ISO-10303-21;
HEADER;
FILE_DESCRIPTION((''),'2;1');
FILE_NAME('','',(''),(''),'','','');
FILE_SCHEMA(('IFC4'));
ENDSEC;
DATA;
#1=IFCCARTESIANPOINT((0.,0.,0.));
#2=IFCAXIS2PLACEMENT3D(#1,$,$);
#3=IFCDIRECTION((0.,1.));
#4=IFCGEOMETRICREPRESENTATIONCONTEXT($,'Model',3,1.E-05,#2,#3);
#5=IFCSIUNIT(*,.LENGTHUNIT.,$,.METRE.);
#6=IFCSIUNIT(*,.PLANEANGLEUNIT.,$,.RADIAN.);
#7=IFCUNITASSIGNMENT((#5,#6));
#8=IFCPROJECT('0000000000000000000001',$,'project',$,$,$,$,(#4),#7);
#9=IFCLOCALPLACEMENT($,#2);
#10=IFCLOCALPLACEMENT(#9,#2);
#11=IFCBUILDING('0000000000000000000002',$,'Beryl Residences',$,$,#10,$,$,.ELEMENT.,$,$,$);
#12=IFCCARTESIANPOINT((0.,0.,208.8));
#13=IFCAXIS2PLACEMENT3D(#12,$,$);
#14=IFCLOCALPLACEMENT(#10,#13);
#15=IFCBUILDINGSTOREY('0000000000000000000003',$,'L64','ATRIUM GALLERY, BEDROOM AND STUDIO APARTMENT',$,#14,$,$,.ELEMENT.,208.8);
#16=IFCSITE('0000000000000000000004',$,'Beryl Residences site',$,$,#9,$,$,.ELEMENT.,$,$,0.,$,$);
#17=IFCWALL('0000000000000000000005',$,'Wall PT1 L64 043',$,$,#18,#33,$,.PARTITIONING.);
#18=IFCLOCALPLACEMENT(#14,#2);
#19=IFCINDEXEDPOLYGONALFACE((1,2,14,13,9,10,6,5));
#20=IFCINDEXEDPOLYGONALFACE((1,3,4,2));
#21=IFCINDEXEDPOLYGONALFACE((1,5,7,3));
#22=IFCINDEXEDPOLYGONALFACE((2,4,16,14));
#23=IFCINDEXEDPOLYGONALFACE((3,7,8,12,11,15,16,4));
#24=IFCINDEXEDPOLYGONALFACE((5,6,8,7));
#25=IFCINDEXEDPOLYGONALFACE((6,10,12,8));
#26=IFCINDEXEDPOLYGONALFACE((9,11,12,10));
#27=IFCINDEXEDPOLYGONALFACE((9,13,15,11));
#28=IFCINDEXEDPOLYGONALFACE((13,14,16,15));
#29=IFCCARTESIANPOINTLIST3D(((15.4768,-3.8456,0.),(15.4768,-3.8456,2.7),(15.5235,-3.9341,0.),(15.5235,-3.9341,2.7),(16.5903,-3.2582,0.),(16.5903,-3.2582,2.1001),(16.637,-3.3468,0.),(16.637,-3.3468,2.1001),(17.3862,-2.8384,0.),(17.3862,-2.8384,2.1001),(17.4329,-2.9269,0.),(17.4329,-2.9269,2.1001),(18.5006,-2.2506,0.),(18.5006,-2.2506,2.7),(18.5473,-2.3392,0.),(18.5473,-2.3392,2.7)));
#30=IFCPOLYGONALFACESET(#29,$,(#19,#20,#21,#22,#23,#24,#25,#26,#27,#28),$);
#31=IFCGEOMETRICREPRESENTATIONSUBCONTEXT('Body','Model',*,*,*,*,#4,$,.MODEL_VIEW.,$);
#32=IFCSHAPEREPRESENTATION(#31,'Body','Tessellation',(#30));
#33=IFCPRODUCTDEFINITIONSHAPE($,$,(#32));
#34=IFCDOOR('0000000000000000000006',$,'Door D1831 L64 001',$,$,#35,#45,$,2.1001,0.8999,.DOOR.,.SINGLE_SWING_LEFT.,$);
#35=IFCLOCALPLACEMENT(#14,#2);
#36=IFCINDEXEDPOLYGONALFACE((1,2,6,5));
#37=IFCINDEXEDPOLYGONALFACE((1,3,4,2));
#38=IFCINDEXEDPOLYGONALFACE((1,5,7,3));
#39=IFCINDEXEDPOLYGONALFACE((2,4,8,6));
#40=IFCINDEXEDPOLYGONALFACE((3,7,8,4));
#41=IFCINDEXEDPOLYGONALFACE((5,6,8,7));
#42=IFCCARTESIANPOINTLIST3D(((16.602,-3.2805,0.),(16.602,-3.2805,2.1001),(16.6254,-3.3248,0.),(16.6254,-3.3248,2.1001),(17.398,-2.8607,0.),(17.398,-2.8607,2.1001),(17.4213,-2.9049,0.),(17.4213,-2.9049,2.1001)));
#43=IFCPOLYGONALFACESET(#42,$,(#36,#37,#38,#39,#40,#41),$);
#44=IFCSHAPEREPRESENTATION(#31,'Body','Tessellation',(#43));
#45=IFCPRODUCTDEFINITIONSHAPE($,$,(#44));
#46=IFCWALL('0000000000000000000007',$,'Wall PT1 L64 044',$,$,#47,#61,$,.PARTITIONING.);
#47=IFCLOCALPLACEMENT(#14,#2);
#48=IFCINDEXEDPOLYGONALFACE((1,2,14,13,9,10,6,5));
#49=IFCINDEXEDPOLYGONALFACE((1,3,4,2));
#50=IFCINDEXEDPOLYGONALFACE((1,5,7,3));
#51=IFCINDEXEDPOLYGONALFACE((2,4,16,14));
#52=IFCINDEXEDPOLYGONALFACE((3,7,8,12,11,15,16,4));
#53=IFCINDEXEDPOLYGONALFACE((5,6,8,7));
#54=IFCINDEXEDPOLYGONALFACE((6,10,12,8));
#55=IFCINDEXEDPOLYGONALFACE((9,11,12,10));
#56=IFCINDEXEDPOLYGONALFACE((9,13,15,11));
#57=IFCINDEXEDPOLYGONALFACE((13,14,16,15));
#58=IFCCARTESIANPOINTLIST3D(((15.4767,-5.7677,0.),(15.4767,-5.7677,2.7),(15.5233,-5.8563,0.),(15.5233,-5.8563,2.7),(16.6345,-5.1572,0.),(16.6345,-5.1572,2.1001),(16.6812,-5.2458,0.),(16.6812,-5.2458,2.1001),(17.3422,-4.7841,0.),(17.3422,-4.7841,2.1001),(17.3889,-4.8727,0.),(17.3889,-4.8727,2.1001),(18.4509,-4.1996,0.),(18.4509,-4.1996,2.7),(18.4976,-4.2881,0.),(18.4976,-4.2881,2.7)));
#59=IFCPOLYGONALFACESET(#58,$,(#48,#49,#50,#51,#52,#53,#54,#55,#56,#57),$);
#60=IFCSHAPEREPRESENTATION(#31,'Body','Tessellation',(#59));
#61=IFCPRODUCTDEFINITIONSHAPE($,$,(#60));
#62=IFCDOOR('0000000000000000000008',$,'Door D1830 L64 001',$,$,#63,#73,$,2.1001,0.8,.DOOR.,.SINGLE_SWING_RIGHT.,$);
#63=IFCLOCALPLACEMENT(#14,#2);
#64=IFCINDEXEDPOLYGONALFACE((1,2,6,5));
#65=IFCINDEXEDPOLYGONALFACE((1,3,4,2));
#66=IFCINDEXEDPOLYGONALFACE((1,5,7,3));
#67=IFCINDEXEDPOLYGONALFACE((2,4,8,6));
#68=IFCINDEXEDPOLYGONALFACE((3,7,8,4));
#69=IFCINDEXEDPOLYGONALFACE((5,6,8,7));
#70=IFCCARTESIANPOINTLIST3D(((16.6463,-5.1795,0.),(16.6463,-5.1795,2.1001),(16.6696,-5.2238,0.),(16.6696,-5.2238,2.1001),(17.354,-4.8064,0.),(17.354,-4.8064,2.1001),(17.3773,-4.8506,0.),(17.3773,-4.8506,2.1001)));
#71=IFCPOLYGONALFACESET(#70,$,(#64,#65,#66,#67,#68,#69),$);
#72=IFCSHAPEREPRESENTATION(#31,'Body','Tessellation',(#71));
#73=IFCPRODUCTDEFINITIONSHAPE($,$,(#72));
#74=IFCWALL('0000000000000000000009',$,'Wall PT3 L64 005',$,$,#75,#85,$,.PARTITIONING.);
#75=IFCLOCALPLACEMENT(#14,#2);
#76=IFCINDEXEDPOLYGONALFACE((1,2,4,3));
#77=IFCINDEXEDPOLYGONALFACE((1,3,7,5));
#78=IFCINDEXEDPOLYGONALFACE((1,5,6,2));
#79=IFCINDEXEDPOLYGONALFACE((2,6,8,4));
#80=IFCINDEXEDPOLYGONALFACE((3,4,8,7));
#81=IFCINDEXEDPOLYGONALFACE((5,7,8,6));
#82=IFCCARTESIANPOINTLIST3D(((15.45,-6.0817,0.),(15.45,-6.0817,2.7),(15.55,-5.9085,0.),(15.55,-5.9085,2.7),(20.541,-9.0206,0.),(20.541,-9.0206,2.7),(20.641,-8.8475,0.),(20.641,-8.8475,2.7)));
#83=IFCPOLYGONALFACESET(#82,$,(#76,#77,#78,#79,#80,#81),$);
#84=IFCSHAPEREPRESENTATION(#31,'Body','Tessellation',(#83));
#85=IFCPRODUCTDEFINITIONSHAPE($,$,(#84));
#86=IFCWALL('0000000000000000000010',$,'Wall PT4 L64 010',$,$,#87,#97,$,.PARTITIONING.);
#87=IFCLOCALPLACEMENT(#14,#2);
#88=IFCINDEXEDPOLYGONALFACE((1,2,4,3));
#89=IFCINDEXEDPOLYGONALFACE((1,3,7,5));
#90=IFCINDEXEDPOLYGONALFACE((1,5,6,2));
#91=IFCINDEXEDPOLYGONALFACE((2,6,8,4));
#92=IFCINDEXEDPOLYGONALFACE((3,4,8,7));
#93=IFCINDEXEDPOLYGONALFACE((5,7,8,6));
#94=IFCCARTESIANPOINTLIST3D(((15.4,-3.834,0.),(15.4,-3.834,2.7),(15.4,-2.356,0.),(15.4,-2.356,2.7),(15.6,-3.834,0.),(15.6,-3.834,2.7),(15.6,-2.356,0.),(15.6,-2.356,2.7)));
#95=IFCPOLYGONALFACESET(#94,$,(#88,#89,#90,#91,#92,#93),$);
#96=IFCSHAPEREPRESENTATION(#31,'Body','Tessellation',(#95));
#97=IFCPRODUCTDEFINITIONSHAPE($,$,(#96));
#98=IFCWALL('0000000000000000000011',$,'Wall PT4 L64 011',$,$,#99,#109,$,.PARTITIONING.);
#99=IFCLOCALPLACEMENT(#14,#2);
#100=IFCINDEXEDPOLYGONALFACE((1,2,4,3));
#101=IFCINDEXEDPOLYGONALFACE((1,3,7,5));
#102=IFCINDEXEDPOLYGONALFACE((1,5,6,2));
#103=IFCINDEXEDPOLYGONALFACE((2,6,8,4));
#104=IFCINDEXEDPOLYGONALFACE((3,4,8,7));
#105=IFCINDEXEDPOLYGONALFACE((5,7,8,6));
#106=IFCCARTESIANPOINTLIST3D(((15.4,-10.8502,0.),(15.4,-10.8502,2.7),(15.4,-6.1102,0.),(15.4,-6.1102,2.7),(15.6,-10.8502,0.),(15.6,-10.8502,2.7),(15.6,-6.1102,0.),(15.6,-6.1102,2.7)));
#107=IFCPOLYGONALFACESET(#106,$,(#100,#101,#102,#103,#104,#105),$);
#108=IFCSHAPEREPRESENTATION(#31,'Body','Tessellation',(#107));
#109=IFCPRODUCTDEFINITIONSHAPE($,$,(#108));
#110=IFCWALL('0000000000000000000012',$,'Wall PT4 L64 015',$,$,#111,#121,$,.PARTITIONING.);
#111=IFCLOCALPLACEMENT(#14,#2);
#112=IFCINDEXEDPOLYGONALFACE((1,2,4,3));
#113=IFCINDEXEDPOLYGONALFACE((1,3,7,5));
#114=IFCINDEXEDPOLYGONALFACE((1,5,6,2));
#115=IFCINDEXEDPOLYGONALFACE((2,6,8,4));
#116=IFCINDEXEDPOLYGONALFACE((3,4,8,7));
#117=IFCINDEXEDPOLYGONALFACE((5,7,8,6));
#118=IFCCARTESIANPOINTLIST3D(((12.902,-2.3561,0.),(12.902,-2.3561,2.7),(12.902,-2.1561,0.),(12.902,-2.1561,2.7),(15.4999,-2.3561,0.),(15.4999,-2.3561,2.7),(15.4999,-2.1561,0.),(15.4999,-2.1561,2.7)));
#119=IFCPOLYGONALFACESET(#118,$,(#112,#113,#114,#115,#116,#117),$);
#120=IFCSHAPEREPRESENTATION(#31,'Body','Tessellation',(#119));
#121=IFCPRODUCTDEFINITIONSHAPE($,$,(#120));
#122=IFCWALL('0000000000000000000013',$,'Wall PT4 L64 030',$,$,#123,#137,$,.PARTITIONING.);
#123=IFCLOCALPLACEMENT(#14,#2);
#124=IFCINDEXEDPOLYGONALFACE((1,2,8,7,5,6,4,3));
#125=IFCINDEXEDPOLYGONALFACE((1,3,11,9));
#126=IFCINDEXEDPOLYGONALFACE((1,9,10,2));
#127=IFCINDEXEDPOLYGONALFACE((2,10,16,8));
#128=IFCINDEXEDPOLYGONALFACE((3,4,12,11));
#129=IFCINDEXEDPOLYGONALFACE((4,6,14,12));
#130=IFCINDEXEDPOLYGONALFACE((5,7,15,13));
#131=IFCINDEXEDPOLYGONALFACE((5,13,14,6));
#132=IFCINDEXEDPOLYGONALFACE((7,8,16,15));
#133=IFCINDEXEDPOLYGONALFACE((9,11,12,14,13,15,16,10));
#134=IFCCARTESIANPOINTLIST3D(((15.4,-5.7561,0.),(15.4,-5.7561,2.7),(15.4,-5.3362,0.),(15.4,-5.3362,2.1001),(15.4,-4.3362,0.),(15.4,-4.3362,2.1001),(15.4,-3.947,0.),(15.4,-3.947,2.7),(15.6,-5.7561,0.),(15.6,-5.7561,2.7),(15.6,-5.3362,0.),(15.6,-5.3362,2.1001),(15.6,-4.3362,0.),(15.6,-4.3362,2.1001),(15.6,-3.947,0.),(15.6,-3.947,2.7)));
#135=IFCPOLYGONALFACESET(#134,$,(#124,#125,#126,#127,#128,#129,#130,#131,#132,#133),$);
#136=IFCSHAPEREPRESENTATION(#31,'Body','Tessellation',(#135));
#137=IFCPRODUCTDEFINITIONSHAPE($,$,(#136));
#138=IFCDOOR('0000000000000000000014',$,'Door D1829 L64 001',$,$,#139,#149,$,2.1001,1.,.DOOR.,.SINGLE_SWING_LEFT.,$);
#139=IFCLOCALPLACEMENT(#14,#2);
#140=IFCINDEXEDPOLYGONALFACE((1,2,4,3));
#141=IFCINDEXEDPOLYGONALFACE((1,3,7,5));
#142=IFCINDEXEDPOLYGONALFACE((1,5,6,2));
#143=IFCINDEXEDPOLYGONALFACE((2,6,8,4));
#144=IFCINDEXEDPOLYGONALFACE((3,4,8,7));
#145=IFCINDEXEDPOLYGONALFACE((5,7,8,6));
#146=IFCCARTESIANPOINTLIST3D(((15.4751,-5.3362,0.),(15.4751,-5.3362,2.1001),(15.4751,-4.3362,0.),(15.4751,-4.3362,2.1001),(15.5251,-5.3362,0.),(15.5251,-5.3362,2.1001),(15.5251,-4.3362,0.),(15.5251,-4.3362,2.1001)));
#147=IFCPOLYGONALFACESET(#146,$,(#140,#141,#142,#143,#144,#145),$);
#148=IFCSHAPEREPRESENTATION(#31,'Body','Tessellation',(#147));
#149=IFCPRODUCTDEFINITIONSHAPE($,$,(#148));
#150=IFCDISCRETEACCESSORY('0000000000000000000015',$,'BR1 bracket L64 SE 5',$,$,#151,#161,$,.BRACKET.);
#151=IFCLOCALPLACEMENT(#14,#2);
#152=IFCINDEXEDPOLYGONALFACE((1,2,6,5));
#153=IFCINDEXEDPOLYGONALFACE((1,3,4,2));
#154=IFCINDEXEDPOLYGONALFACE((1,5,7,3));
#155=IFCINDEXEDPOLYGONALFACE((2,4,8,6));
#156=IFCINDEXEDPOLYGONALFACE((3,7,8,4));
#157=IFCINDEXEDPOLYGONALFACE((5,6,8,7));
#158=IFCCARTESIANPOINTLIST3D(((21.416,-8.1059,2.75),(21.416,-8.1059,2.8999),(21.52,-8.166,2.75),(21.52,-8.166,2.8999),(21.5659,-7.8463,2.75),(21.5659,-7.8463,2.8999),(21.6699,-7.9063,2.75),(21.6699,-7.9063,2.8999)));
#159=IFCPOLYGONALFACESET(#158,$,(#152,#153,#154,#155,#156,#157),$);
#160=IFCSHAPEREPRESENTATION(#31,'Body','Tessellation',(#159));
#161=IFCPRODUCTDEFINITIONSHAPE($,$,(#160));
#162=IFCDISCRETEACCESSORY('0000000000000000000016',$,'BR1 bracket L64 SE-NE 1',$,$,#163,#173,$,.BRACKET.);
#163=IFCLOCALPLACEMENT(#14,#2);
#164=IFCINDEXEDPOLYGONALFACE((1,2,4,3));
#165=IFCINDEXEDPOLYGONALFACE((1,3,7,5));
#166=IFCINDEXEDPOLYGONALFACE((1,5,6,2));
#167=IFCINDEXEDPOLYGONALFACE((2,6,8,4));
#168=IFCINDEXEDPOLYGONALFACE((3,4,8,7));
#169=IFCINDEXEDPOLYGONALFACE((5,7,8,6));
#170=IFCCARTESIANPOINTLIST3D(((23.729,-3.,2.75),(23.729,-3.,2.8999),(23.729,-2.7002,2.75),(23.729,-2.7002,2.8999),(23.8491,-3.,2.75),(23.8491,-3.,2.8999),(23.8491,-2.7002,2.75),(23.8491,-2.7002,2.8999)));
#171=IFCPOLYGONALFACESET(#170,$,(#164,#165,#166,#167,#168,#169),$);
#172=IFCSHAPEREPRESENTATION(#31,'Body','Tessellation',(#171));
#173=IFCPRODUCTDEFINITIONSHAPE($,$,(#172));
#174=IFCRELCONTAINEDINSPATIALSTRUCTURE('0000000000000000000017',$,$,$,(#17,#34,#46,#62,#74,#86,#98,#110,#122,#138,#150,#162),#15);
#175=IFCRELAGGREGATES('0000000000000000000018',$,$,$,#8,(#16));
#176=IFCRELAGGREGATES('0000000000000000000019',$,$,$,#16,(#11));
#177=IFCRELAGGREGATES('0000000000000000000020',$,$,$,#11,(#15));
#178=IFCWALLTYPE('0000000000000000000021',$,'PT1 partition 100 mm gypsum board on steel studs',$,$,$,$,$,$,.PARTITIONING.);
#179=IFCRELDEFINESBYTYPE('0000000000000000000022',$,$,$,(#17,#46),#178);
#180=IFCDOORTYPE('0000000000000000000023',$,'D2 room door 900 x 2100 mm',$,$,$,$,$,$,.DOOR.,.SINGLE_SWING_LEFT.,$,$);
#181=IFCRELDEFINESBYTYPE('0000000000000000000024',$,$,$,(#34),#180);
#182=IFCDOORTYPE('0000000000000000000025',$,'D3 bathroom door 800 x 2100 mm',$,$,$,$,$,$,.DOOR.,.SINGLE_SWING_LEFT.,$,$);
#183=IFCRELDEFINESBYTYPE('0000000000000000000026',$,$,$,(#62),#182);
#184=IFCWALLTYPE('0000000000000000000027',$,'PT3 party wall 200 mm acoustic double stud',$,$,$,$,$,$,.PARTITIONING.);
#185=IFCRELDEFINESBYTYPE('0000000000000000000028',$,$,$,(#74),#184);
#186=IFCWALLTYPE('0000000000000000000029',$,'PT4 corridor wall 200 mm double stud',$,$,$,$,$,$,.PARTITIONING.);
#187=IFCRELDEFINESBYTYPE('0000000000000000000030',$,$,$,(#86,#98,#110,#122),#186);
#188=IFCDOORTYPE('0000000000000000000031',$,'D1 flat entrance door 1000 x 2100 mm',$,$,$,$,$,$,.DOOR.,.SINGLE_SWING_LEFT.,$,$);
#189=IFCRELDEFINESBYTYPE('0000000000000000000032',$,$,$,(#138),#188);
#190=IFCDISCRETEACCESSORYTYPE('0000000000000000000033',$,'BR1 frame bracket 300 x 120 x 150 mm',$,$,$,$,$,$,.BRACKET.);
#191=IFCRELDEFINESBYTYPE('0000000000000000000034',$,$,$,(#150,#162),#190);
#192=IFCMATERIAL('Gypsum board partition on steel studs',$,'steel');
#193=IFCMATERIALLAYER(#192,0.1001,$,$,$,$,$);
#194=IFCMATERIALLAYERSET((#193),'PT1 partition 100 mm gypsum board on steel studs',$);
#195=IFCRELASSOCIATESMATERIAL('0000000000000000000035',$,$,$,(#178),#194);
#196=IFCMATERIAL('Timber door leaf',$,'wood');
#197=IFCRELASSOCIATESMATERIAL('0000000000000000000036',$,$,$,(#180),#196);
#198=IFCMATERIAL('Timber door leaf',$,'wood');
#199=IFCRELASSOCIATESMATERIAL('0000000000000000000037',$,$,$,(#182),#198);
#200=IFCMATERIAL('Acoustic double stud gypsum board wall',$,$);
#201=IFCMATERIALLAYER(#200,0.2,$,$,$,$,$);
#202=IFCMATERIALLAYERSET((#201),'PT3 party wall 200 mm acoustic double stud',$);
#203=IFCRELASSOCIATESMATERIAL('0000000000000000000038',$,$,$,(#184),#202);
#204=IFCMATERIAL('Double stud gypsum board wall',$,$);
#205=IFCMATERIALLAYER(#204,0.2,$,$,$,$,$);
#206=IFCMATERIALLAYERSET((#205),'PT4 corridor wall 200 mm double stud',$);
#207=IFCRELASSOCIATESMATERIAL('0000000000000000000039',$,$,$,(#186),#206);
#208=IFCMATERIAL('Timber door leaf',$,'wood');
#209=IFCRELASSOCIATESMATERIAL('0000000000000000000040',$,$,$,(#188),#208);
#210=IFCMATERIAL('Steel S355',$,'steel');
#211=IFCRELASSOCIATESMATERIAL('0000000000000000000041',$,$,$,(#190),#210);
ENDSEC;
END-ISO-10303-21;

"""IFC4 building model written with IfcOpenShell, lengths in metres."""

from ifc_helpers import new_model, si_unit, direction, frame, frame_2d, origin, place, context, subcontext, project, spatial, polyline, rectangle, outline, extrude, source, transform, mapped, material, layer, layer_set, type_object, type_shapes, element, fill, save


model = new_model("IFC4")

# Units and contexts
model_context = context("Model", 3, precision=1e-05, world=origin(), true_north=direction((0.0, 1.0)))
body_context = subcontext(model_context, "Body", "Model", "MODEL_VIEW")
ifc_project = project(units=[si_unit("LENGTHUNIT", "METRE"), si_unit("PLANEANGLEUNIT", "RADIAN")], contexts=[model_context])

# Site, building, storey
site_placement = place(None, origin())
site = spatial("IfcSite", under=ifc_project, at=site_placement, Name="Beryl Residences site", CompositionType="ELEMENT", RefElevation=0.0)
building_placement = place(site_placement, origin())
building = spatial("IfcBuilding", under=site, at=building_placement, Name="Beryl Residences", CompositionType="ELEMENT")
storey_placement = place(building_placement, frame((0.0, 0.0, 208.8)))
storey = spatial("IfcBuildingStorey", under=building, at=storey_placement, Name="L64", Description="ATRIUM GALLERY, BEDROOM AND STUDIO APARTMENT", CompositionType="ELEMENT", Elevation=208.8)

# Walls, openings, doors
ifc_material_1 = material(Name="Gypsum board partition on steel studs", Category="steel")
ifc_layer_1 = layer(ifc_material_1, 0.1001)
ifc_layer_set_1 = layer_set([ifc_layer_1], Name="PT1 partition 100 mm gypsum board on steel studs")
wall_type_1 = type_object("IfcWallType", Name="PT1 partition 100 mm gypsum board on steel studs", PredefinedType="PARTITIONING", material=ifc_layer_set_1)
ifc_material_2 = material(Name="Timber door leaf", Category="wood")
door_type_1 = type_object("IfcDoorType", Name="D2 room door 900 x 2100 mm", OperationType="SINGLE_SWING_LEFT", PredefinedType="DOOR", material=ifc_material_2)
wall_1_placement = place(storey_placement, frame((15.5, -3.8899, 0.0), z_axis=(0.0, 0.0, 1.0), x_axis=(0.884504, 0.466532, 0.0)))
wall_1 = element("IfcWall", 1, at=wall_1_placement, inside=storey, type_object=wall_type_1, Name="Wall PT1 L64 043", PredefinedType="PARTITIONING", context=body_context, shape_type="SweptSolid", body=[
    extrude(rectangle(XDim=3.4187, YDim=0.1001, at=frame_2d((1.7095, 0.0))), origin(), (0.0, 0.0, 1.0), 2.7),
])
opening_1_placement = place(wall_1_placement, frame((1.259, 0.0, 0.0)))
opening_1 = element("IfcOpeningElement", 2, at=opening_1_placement, cuts=wall_1, PredefinedType="OPENING", context=body_context, shape_type="SweptSolid", body=[
    extrude(rectangle(XDim=0.8999, YDim=2.1001, at=frame_2d((0.45, 1.05))), frame((0.0, 0.0601, 0.0), z_axis=(0.0, -1.0, 0.0), x_axis=(1.0, 0.0, 0.0)), (0.0, 0.0, 1.0), 0.1201),
])
door_1_placement = place(opening_1_placement, origin())
door_1 = element("IfcDoor", 3, at=door_1_placement, inside=storey, type_object=door_type_1, Name="Door D1831 L64 001", OperationType="SINGLE_SWING_LEFT", OverallHeight=2.1001, OverallWidth=0.8999, PredefinedType="DOOR", context=body_context, shape_type="SweptSolid", body=[
    extrude(rectangle(XDim=0.8999, YDim=2.1001, at=frame_2d((0.45, 1.05))), frame((0.0, 0.0249, 0.0), z_axis=(0.0, -1.0, 0.0), x_axis=(1.0, 0.0, 0.0)), (0.0, 0.0, 1.0), 0.05),
])
fill(opening_1, door_1)
wall_2_placement = place(storey_placement, frame((15.5, -5.812, 0.0), z_axis=(0.0, 0.0, 1.0), x_axis=(0.884576, 0.466396, 0.0)))
wall_2 = element("IfcWall", 4, at=wall_2_placement, inside=storey, type_object=wall_type_1, Name="Wall PT1 L64 044", PredefinedType="PARTITIONING", context=body_context, shape_type="SweptSolid", body=[
    extrude(rectangle(XDim=3.3623, YDim=0.1001, at=frame_2d((1.6812, 0.0))), origin(), (0.0, 0.0, 1.0), 2.7),
])
opening_2_placement = place(wall_2_placement, frame((1.3091, 0.0, 0.0)))
opening_2 = element("IfcOpeningElement", 5, at=opening_2_placement, cuts=wall_2, PredefinedType="OPENING", context=body_context, shape_type="SweptSolid", body=[
    extrude(rectangle(XDim=0.8, YDim=2.1001, at=frame_2d((0.3999, 1.05))), frame((0.0, 0.0601, 0.0), z_axis=(0.0, -1.0, 0.0), x_axis=(1.0, 0.0, 0.0)), (0.0, 0.0, 1.0), 0.1201),
])
ifc_material_3 = material(Name="Timber door leaf", Category="wood")
door_type_2 = type_object("IfcDoorType", Name="D3 bathroom door 800 x 2100 mm", OperationType="SINGLE_SWING_LEFT", PredefinedType="DOOR", material=ifc_material_3)
door_2_placement = place(opening_2_placement, origin())
door_2 = element("IfcDoor", 6, at=door_2_placement, inside=storey, type_object=door_type_2, Name="Door D1830 L64 001", OperationType="SINGLE_SWING_RIGHT", OverallHeight=2.1001, OverallWidth=0.8, PredefinedType="DOOR", context=body_context, shape_type="SweptSolid", body=[
    extrude(rectangle(XDim=0.8, YDim=2.1001, at=frame_2d((0.3999, 1.05))), frame((0.0, 0.0249, 0.0), z_axis=(0.0, -1.0, 0.0), x_axis=(1.0, 0.0, 0.0)), (0.0, 0.0, 1.0), 0.05),
])
fill(opening_2, door_2)

# Walls
ifc_material_4 = material(Name="Acoustic double stud gypsum board wall")
ifc_layer_2 = layer(ifc_material_4, 0.2)
ifc_layer_set_2 = layer_set([ifc_layer_2], Name="PT3 party wall 200 mm acoustic double stud")
wall_type_2 = type_object("IfcWallType", Name="PT3 party wall 200 mm acoustic double stud", PredefinedType="PARTITIONING", material=ifc_layer_set_2)
wall_3_placement = place(storey_placement, frame((15.5, -5.9951, 0.0), z_axis=(0.0, 0.0, 1.0), x_axis=(0.866052, -0.499954, 0.0)))
element("IfcWall", 7, at=wall_3_placement, inside=storey, type_object=wall_type_2, Name="Wall PT3 L64 005", PredefinedType="PARTITIONING", context=body_context, shape_type="SweptSolid", body=[
    extrude(rectangle(XDim=5.8784, YDim=0.2, at=frame_2d((2.9392, 0.0))), origin(), (0.0, 0.0, 1.0), 2.7),
])
ifc_material_5 = material(Name="Double stud gypsum board wall")
ifc_layer_3 = layer(ifc_material_5, 0.2)
ifc_layer_set_3 = layer_set([ifc_layer_3], Name="PT4 corridor wall 200 mm double stud")
wall_type_3 = type_object("IfcWallType", Name="PT4 corridor wall 200 mm double stud", PredefinedType="PARTITIONING", material=ifc_layer_set_3)
wall_4_placement = place(storey_placement, frame((15.5, -2.356, 0.0), z_axis=(0.0, 0.0, 1.0), x_axis=(0.0, -1.0, 0.0)))
element("IfcWall", 8, at=wall_4_placement, inside=storey, type_object=wall_type_3, Name="Wall PT4 L64 010", PredefinedType="PARTITIONING", context=body_context, shape_type="SweptSolid", body=[
    extrude(rectangle(XDim=1.478, YDim=0.2, at=frame_2d((0.739, 0.0))), origin(), (0.0, 0.0, 1.0), 2.7),
])
wall_5_placement = place(storey_placement, frame((15.5, -6.1101, 0.0), z_axis=(0.0, 0.0, 1.0), x_axis=(0.0, -1.0, 0.0)))
element("IfcWall", 9, at=wall_5_placement, inside=storey, type_object=wall_type_3, Name="Wall PT4 L64 011", PredefinedType="PARTITIONING", context=body_context, shape_type="SweptSolid", body=[
    extrude(rectangle(XDim=4.74, YDim=0.2, at=frame_2d((2.3701, 0.0))), origin(), (0.0, 0.0, 1.0), 2.7),
])
wall_6_placement = place(storey_placement, frame((12.9021, -2.2561, 0.0), z_axis=(0.0, 0.0, 1.0), x_axis=(1.0, 0.0, 0.0)))
element("IfcWall", 10, at=wall_6_placement, inside=storey, type_object=wall_type_3, Name="Wall PT4 L64 015", PredefinedType="PARTITIONING", context=body_context, shape_type="SweptSolid", body=[
    extrude(rectangle(XDim=2.5979, YDim=0.2, at=frame_2d((1.2988, 0.0))), origin(), (0.0, 0.0, 1.0), 2.7),
])

# Wall, opening, door
wall_7_placement = place(storey_placement, frame((15.5, -5.7561, 0.0), z_axis=(0.0, 0.0, 1.0), x_axis=(0.0, 1.0, 0.0)))
wall_7 = element("IfcWall", 11, at=wall_7_placement, inside=storey, type_object=wall_type_3, Name="Wall PT4 L64 030", PredefinedType="PARTITIONING", context=body_context, shape_type="SweptSolid", body=[
    extrude(rectangle(XDim=1.8091, YDim=0.2, at=frame_2d((0.9045, 0.0))), origin(), (0.0, 0.0, 1.0), 2.7),
])
opening_3_placement = place(wall_7_placement, frame((0.4199, 0.0, 0.0)))
opening_3 = element("IfcOpeningElement", 12, at=opening_3_placement, cuts=wall_7, PredefinedType="OPENING", context=body_context, shape_type="SweptSolid", body=[
    extrude(rectangle(XDim=1.0, YDim=2.1001, at=frame_2d((0.5, 1.05))), frame((0.0, 0.1099, 0.0), z_axis=(0.0, -1.0, 0.0), x_axis=(1.0, 0.0, 0.0)), (0.0, 0.0, 1.0), 0.22),
])
ifc_material_6 = material(Name="Timber door leaf", Category="wood")
door_type_3 = type_object("IfcDoorType", Name="D1 flat entrance door 1000 x 2100 mm", OperationType="SINGLE_SWING_LEFT", PredefinedType="DOOR", material=ifc_material_6)
door_3_placement = place(opening_3_placement, origin())
door_3 = element("IfcDoor", 13, at=door_3_placement, inside=storey, type_object=door_type_3, Name="Door D1829 L64 001", OperationType="SINGLE_SWING_LEFT", OverallHeight=2.1001, OverallWidth=1.0, PredefinedType="DOOR", context=body_context, shape_type="SweptSolid", body=[
    extrude(rectangle(XDim=1.0, YDim=2.1001, at=frame_2d((0.5, 1.05))), frame((0.0, 0.0249, 0.0), z_axis=(0.0, -1.0, 0.0), x_axis=(1.0, 0.0, 0.0)), (0.0, 0.0, 1.0), 0.05),
])
fill(opening_3, door_3)

# Discrete accessories
ifc_material_7 = material(Name="Steel S355", Category="steel")
discrete_accessory_type = type_object("IfcDiscreteAccessoryType", Name="BR1 frame bracket 300 x 120 x 150 mm", PredefinedType="BRACKET", material=ifc_material_7)
shared_shape_1 = source(origin(), body_context, "Body", "SweptSolid", [
    extrude(outline(polyline([(-0.1499, 0.0), (0.1499, 0.0), (0.1499, 0.1201), (-0.1499, 0.1201), (-0.1499, 0.0)])), origin(), (0.0, 0.0, 1.0), 0.1499),
])
type_shapes(discrete_accessory_type, [shared_shape_1])
for number, where, z_axis, x_axis, name in (
    (14, (21.491, -7.9761, 2.75), (0.0, 0.0, 1.0), (-0.5, -0.866025, 0.0), "BR1 bracket L64 SE 5"),
    (15, (23.729, -2.8501, 2.75), (0.0, 0.0, 1.0), (0.0, -1.0, 0.0), "BR1 bracket L64 SE-NE 1"),
):
    element("IfcDiscreteAccessory", number, at=place(storey_placement, frame(where, z_axis=z_axis, x_axis=x_axis)), inside=storey, type_object=discrete_accessory_type, Name=name, PredefinedType="BRACKET", context=body_context, shape_type="MappedRepresentation", body=[
        mapped(shared_shape_1, transform((0.0, 0.0, 0.0))),
    ])

save(model, "model.ifc")
